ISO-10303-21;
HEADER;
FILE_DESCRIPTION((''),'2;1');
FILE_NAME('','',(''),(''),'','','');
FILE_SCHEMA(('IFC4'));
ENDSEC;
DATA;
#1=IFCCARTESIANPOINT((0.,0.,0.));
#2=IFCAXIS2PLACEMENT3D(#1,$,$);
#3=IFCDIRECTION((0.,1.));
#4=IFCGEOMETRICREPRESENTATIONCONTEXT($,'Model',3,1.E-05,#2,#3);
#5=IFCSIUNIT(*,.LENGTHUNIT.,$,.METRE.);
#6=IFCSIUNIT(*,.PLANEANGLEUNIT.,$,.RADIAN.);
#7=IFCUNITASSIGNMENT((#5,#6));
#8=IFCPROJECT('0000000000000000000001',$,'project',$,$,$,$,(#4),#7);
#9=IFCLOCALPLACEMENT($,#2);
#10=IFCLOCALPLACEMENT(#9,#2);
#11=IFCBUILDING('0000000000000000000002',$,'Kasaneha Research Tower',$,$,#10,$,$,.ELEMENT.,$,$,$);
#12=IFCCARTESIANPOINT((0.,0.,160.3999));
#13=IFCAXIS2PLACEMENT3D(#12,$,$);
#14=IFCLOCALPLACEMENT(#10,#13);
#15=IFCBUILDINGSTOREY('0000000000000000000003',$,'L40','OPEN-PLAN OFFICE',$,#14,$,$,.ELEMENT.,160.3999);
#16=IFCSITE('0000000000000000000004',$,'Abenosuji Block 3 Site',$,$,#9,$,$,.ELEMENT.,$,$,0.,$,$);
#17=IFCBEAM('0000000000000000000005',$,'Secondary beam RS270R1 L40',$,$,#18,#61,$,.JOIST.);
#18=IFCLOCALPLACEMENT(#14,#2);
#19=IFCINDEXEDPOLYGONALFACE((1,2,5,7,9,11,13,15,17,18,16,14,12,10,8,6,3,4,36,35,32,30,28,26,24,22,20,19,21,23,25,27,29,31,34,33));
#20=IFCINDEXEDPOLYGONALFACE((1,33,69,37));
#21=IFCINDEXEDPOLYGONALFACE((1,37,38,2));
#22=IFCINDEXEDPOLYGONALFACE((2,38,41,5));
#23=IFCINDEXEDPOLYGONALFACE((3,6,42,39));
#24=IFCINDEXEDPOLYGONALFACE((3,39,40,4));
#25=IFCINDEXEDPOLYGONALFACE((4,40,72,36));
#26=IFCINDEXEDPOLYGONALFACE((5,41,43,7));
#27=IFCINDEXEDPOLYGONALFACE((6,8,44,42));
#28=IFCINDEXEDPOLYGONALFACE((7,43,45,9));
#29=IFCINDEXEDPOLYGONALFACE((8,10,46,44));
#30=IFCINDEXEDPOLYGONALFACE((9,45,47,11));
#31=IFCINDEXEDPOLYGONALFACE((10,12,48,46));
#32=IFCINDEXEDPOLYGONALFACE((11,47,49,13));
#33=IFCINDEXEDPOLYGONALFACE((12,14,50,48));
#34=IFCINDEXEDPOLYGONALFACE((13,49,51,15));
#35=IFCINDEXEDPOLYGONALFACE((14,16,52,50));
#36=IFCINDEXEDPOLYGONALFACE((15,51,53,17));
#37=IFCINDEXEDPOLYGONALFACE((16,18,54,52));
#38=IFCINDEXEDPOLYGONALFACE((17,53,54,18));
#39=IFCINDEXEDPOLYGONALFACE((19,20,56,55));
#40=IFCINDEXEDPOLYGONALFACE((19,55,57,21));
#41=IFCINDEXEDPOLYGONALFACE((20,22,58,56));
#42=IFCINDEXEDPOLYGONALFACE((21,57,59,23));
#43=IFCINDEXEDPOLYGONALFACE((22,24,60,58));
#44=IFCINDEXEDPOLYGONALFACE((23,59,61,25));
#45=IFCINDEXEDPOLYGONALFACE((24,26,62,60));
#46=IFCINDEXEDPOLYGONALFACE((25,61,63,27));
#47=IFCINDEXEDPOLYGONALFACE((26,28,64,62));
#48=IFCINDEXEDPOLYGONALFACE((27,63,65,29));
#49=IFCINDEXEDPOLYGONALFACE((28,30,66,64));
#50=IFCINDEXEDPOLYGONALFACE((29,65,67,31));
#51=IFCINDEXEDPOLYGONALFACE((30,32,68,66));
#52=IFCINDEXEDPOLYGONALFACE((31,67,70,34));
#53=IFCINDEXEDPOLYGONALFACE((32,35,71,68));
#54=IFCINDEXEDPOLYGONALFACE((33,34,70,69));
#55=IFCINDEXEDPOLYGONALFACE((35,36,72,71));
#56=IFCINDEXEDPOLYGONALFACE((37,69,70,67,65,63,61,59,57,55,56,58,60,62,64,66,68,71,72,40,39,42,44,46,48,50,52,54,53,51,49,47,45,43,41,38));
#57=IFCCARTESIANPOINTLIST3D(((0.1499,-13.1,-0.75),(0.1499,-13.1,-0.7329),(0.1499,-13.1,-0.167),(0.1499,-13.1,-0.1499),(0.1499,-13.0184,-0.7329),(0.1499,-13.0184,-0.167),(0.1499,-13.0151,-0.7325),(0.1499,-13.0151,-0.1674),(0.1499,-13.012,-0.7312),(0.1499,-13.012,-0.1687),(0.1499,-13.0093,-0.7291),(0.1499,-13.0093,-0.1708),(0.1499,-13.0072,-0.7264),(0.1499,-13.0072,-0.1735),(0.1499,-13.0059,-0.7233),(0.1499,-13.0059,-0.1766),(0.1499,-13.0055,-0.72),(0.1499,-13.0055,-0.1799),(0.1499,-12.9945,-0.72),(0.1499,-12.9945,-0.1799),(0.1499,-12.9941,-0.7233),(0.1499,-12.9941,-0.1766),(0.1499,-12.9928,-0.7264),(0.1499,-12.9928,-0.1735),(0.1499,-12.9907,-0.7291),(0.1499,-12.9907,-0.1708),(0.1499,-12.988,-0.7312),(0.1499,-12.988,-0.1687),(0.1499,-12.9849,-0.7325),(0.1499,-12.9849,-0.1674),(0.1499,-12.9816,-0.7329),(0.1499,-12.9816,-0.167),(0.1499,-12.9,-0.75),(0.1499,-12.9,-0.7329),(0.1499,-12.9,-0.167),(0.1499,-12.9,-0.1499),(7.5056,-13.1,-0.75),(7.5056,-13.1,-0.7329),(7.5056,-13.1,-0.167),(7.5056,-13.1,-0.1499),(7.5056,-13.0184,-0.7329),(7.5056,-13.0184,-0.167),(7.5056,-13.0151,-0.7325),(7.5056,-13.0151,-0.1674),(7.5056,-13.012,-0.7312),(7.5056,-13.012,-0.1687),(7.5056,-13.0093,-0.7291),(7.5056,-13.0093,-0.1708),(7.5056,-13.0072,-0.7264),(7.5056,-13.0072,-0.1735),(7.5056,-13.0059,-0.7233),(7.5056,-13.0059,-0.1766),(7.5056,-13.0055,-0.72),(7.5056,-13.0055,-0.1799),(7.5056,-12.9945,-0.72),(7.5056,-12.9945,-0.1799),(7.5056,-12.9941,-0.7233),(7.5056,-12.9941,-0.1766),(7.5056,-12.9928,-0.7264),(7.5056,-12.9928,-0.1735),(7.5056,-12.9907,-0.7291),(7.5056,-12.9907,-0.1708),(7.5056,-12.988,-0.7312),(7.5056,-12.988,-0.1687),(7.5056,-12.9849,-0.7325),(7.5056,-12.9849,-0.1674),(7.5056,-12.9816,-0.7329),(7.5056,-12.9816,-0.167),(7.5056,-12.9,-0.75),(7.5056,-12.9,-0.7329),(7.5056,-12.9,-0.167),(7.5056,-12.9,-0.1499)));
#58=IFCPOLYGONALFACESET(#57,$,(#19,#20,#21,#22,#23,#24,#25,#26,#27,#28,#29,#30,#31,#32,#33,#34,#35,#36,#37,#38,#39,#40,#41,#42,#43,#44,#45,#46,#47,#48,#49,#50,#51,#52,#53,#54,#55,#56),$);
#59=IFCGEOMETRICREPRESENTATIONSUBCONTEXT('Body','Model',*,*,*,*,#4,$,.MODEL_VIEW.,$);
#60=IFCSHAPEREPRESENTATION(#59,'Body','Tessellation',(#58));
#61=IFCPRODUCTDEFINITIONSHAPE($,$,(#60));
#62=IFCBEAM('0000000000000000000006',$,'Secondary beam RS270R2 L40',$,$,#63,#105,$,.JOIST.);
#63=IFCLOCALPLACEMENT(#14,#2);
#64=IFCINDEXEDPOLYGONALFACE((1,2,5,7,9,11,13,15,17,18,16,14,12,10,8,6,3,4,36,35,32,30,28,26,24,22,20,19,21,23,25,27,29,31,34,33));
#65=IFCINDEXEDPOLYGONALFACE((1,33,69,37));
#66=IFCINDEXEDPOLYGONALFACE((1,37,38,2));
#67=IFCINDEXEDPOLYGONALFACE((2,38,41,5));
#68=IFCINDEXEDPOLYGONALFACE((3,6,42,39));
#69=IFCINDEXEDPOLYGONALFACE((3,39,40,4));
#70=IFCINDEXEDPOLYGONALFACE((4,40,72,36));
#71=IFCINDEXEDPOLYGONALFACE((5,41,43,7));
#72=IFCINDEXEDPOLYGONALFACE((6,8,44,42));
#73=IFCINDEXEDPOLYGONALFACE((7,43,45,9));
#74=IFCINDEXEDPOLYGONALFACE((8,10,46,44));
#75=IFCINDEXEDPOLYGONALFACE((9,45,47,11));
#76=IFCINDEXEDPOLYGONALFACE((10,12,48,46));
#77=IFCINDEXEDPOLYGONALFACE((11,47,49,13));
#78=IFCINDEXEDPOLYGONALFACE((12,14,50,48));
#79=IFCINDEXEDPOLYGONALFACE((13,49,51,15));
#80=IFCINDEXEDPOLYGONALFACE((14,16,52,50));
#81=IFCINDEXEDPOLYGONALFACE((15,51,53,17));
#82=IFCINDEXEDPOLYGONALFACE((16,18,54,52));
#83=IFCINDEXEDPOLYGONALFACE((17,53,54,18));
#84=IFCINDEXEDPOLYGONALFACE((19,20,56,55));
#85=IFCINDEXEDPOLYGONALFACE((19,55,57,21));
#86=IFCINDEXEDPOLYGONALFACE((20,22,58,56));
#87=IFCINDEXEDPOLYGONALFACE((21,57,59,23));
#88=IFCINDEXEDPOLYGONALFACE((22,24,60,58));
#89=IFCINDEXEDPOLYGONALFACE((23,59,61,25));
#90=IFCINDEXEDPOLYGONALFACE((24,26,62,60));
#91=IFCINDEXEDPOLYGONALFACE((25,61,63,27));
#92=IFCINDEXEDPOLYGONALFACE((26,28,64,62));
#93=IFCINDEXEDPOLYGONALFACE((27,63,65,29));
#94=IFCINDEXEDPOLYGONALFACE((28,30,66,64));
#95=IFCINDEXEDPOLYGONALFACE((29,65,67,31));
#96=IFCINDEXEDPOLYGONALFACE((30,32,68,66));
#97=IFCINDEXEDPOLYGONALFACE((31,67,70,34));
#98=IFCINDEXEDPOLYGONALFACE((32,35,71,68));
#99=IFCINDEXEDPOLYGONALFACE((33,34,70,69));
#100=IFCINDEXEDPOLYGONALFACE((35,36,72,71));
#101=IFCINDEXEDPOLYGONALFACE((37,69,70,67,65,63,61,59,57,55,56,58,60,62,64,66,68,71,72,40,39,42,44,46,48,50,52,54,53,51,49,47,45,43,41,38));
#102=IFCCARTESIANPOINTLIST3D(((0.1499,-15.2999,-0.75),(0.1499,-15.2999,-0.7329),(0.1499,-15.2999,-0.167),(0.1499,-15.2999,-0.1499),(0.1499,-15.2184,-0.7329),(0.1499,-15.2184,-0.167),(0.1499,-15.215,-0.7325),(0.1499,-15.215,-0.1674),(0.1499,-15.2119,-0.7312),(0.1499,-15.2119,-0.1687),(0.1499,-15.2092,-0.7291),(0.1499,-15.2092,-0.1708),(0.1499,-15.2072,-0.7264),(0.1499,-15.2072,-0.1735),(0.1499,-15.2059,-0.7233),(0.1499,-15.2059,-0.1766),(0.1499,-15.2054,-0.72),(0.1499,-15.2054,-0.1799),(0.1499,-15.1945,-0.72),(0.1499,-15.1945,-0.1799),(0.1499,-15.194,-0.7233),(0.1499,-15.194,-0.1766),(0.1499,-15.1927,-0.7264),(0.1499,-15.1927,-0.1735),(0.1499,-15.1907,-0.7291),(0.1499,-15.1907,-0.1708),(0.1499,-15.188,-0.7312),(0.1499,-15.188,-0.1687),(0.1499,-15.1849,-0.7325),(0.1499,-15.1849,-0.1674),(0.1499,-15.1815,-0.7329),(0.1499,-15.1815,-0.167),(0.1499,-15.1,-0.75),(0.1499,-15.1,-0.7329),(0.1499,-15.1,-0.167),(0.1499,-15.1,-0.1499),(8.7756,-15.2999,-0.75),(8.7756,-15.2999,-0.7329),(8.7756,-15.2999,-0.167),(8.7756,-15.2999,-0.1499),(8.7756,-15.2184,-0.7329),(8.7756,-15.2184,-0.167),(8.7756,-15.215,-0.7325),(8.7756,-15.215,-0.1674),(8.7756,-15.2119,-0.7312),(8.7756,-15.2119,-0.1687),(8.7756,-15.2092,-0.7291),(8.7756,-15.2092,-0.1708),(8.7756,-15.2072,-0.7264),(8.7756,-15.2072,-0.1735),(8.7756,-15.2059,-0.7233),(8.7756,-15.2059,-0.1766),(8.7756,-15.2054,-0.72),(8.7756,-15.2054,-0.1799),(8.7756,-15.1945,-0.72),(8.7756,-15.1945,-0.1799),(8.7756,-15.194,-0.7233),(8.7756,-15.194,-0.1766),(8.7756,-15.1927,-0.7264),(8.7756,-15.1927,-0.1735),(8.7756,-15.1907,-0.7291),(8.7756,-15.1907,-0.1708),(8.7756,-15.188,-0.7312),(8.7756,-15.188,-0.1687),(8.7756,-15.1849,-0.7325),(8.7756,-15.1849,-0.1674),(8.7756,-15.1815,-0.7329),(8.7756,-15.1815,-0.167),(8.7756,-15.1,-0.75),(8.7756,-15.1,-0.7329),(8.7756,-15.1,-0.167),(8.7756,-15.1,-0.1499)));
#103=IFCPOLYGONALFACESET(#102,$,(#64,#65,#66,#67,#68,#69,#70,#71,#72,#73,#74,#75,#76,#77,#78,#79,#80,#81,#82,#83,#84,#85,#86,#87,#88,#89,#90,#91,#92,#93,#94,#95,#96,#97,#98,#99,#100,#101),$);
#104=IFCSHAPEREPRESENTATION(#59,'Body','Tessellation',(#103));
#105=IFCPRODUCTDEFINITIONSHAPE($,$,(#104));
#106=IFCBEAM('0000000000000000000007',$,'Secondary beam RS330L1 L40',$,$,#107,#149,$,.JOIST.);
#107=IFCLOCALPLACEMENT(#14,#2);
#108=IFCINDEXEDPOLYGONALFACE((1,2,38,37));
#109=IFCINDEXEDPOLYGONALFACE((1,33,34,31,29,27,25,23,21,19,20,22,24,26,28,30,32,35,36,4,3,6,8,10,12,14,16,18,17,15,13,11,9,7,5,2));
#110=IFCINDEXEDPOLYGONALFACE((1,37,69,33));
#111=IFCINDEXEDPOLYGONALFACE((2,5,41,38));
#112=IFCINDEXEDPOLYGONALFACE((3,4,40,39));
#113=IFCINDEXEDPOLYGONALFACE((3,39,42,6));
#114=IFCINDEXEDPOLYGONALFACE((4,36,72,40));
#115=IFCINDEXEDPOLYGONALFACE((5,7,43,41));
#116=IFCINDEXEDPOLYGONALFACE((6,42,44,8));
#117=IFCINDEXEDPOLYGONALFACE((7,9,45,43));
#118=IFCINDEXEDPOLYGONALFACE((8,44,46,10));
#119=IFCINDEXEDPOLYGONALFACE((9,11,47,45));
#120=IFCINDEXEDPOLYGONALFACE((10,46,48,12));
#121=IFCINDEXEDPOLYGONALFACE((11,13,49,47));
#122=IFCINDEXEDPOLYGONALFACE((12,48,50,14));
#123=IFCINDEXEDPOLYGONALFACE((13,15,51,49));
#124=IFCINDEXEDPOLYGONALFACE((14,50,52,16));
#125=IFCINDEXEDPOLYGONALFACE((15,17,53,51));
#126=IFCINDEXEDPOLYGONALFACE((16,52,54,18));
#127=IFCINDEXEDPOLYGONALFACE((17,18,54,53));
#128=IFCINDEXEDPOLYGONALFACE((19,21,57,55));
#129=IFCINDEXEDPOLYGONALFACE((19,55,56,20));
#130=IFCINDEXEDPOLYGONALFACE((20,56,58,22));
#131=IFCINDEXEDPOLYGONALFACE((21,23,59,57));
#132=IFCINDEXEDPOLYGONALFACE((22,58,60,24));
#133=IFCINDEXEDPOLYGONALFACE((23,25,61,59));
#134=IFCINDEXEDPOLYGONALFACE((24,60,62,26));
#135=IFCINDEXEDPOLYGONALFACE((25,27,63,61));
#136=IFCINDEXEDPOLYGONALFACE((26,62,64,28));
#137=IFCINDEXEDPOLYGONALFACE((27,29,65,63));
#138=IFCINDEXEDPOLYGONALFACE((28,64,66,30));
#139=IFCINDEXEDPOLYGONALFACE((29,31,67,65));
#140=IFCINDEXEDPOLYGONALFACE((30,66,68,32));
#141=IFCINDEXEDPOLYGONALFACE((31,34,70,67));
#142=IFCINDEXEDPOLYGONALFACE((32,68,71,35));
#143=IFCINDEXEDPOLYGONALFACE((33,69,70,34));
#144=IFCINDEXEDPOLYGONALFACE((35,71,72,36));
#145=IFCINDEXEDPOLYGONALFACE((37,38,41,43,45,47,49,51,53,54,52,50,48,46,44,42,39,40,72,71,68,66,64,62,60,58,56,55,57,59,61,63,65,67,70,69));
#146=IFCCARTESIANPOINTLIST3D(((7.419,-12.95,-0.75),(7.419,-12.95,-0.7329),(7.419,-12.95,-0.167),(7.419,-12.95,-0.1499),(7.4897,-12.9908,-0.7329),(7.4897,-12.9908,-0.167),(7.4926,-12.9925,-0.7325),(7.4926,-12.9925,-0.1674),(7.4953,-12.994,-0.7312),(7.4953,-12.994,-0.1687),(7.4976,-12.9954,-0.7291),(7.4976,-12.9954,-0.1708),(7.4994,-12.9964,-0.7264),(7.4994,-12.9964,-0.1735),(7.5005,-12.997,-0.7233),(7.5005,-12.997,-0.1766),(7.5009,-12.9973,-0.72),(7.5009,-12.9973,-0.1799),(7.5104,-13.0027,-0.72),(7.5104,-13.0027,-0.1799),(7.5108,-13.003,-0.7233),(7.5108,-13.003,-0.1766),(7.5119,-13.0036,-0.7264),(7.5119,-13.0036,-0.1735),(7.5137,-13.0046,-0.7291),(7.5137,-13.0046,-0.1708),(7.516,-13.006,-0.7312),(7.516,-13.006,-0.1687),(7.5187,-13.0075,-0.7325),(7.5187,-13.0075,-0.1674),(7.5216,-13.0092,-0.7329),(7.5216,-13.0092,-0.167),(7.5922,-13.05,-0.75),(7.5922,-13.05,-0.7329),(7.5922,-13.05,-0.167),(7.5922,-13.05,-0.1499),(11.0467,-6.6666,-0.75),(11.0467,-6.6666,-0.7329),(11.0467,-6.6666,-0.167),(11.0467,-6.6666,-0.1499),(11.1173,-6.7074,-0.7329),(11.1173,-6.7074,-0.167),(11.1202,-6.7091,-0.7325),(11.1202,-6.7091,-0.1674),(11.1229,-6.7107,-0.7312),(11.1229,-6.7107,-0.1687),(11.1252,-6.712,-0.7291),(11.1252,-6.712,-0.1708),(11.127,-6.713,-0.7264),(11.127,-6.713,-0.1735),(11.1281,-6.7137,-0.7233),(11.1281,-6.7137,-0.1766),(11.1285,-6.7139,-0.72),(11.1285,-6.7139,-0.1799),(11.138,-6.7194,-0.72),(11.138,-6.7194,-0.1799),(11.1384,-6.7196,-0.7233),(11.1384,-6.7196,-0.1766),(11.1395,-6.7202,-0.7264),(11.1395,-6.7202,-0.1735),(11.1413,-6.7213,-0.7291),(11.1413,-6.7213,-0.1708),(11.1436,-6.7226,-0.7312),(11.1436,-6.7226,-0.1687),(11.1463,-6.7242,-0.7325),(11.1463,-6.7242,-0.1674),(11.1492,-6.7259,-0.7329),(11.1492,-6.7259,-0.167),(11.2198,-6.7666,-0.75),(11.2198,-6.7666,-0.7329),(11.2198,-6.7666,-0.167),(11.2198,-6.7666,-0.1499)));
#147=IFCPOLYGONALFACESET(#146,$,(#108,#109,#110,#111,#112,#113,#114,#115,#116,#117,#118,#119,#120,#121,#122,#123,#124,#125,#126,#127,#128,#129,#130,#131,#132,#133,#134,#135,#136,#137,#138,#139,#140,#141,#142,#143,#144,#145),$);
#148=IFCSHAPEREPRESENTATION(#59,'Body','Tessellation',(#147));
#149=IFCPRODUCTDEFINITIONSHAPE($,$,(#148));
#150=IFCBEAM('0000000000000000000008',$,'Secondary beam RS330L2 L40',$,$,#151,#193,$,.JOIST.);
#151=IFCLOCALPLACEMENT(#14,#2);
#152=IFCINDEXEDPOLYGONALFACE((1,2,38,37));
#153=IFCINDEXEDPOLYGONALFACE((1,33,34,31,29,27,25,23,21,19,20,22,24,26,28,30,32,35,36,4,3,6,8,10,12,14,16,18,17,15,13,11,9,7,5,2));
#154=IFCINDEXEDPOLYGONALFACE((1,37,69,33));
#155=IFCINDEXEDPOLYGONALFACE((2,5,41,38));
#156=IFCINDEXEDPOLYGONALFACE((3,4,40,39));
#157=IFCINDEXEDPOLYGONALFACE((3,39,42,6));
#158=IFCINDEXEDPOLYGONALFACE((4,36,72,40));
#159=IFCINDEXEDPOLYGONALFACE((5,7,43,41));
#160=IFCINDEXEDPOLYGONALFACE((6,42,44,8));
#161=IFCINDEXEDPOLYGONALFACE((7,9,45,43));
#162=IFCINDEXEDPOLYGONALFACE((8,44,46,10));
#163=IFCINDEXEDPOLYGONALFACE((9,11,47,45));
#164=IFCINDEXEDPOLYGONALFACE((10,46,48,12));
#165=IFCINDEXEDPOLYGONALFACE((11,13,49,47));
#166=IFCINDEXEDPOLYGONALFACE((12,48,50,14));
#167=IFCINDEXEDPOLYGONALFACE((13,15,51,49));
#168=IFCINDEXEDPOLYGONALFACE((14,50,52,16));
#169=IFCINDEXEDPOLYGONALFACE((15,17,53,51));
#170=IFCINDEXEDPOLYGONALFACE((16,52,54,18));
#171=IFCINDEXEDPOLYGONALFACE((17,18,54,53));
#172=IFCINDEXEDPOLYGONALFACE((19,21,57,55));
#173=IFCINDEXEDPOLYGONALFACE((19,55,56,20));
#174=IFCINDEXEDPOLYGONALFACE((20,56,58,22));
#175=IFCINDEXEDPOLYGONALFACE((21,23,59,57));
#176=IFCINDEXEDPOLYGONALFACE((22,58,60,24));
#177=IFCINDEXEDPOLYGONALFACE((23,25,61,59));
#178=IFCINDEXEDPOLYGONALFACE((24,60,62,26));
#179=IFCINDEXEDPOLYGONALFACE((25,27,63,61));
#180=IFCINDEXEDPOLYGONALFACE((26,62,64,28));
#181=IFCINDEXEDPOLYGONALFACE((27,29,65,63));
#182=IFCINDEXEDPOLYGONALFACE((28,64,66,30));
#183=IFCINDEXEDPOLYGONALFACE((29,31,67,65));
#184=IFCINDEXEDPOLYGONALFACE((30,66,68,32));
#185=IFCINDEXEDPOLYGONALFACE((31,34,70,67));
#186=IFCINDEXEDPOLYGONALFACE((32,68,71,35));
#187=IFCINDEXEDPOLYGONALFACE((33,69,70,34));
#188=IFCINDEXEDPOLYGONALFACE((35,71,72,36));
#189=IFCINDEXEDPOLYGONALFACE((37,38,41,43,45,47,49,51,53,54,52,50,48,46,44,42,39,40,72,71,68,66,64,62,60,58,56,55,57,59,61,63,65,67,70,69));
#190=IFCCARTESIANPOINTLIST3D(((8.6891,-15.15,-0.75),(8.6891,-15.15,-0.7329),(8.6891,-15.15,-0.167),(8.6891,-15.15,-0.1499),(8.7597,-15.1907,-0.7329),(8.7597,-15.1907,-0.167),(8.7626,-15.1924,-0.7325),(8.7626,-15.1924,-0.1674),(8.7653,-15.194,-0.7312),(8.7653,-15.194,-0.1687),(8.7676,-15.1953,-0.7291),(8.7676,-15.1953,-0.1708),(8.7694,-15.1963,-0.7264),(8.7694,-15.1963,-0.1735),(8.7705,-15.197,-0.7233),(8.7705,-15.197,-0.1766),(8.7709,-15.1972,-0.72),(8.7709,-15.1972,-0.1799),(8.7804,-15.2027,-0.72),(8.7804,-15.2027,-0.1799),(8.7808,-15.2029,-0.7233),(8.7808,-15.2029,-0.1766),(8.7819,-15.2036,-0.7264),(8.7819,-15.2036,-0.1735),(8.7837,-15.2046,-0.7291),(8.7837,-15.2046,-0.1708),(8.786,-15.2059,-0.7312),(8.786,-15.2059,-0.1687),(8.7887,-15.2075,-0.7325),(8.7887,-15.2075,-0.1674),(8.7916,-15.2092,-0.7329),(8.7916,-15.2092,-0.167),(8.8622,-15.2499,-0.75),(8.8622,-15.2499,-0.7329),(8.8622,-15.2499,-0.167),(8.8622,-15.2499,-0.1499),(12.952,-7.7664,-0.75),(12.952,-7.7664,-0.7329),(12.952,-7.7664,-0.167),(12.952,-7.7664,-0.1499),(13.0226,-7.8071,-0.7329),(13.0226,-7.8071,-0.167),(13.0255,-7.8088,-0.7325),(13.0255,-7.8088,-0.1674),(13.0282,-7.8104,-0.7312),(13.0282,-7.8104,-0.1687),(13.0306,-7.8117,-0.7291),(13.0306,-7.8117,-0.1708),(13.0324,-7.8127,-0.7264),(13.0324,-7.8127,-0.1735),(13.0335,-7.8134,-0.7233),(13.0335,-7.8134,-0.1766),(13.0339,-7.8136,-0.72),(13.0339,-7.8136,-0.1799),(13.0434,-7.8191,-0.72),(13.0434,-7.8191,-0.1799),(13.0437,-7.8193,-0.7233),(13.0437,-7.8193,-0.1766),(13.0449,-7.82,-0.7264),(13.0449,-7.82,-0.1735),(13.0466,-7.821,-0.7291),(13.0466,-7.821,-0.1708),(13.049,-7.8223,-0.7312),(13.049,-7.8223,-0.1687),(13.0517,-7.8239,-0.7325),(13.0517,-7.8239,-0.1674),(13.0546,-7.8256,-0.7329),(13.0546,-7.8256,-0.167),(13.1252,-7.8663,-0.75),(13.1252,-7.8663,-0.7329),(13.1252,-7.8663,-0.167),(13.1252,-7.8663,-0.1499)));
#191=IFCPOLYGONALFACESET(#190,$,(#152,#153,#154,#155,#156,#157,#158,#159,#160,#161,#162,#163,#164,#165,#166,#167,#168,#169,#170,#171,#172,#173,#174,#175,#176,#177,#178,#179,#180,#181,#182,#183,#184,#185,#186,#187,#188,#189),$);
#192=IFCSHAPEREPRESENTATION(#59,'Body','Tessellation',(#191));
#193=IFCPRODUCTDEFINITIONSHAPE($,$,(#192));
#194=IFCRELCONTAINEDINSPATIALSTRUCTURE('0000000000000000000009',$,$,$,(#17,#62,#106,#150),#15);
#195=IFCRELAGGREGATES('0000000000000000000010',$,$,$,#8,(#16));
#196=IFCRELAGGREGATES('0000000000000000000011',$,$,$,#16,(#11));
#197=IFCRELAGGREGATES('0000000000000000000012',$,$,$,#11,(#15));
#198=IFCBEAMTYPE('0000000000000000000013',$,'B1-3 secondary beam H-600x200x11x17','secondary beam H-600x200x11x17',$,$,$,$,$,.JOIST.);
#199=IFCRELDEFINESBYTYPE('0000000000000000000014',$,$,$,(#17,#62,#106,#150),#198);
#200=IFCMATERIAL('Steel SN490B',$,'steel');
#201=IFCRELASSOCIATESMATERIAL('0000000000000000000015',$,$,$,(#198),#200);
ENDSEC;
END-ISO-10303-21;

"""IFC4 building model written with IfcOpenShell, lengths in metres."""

from ifc_helpers import new_model, si_unit, direction, frame, origin, origin_2d, place, context, subcontext, project, spatial, i_section, extrude, material, material_profile, profile_set, type_object, element, save


model = new_model("IFC4")

# Units and contexts
model_context = context("Model", 3, precision=1e-05, world=origin(), true_north=direction((0.0, 1.0)))
body_context = subcontext(model_context, "Body", "Model", "MODEL_VIEW")
ifc_project = project(units=[si_unit("LENGTHUNIT", "METRE"), si_unit("PLANEANGLEUNIT", "RADIAN")], contexts=[model_context])

# Site, building, storey
site_placement = place(None, origin())
site = spatial("IfcSite", under=ifc_project, at=site_placement, Name="Abenosuji Block 3 Site", CompositionType="ELEMENT", RefElevation=0.0)
building_placement = place(site_placement, origin())
building = spatial("IfcBuilding", under=site, at=building_placement, Name="Kasaneha Research Tower", CompositionType="ELEMENT")
storey_placement = place(building_placement, frame((0.0, 0.0, 160.3999)))
storey = spatial("IfcBuildingStorey", under=building, at=storey_placement, Name="L40", Description="OPEN-PLAN OFFICE", CompositionType="ELEMENT", Elevation=160.3999)

# Beams
ifc_material_1 = material(Name="Steel SN490B", Category="steel")
ifc_material_profile_1 = material_profile(ifc_material_1, i_section(OverallWidth=0.2, OverallDepth=0.6001, WebThickness=0.011, FlangeThickness=0.0171, FilletRadius=0.0129, at=origin_2d()), Name="H-600x200x11x17")
ifc_profile_set_1 = profile_set([ifc_material_profile_1], Name="Steel SN490B")
beam_type_1 = type_object("IfcBeamType", Name="B1-3 secondary beam H-600x200x11x17", Description="secondary beam H-600x200x11x17", PredefinedType="JOIST", material=ifc_profile_set_1)
beam_1_placement = place(storey_placement, frame((7.5056, -13.0, -0.45), z_axis=(-1.0, 0.0, 0.0), x_axis=(0.0, -1.0, 0.0)))
element("IfcBeam", 1, at=beam_1_placement, inside=storey, type_object=beam_type_1, Name="Secondary beam RS270R1 L40", PredefinedType="JOIST", context=body_context, shape_type="SweptSolid", body=[
    extrude(i_section(OverallWidth=0.2, OverallDepth=0.6001, WebThickness=0.011, FlangeThickness=0.0171, FilletRadius=0.0129, at=origin_2d()), origin(), (0.0, 0.0, 1.0), 7.3557),
])
beam_2_placement = place(storey_placement, frame((8.7756, -15.2, -0.45), z_axis=(-1.0, 0.0, 0.0), x_axis=(0.0, -1.0, 0.0)))
element("IfcBeam", 2, at=beam_2_placement, inside=storey, type_object=beam_type_1, Name="Secondary beam RS270R2 L40", PredefinedType="JOIST", context=body_context, shape_type="SweptSolid", body=[
    extrude(i_section(OverallWidth=0.2, OverallDepth=0.6001, WebThickness=0.011, FlangeThickness=0.0171, FilletRadius=0.0129, at=origin_2d()), origin(), (0.0, 0.0, 1.0), 8.6257),
])
beam_3_placement = place(storey_placement, frame((7.5056, -13.0, -0.45), z_axis=(0.499993, 0.866029, 0.0), x_axis=(-0.866029, 0.499993, 0.0)))
element("IfcBeam", 3, at=beam_3_placement, inside=storey, type_object=beam_type_1, Name="Secondary beam RS330L1 L40", PredefinedType="JOIST", context=body_context, shape_type="SweptSolid", body=[
    extrude(i_section(OverallWidth=0.2, OverallDepth=0.6001, WebThickness=0.011, FlangeThickness=0.0171, FilletRadius=0.0129, at=origin_2d()), origin(), (0.0, 0.0, 1.0), 7.2554),
])
beam_4_placement = place(storey_placement, frame((8.7756, -15.2, -0.45), z_axis=(0.500004, 0.866023, 0.0), x_axis=(-0.866023, 0.500004, 0.0)))
element("IfcBeam", 4, at=beam_4_placement, inside=storey, type_object=beam_type_1, Name="Secondary beam RS330L2 L40", PredefinedType="JOIST", context=body_context, shape_type="SweptSolid", body=[
    extrude(i_section(OverallWidth=0.2, OverallDepth=0.6001, WebThickness=0.011, FlangeThickness=0.0171, FilletRadius=0.0129, at=origin_2d()), origin(), (0.0, 0.0, 1.0), 8.5259),
])

save(model, "model.ifc")
